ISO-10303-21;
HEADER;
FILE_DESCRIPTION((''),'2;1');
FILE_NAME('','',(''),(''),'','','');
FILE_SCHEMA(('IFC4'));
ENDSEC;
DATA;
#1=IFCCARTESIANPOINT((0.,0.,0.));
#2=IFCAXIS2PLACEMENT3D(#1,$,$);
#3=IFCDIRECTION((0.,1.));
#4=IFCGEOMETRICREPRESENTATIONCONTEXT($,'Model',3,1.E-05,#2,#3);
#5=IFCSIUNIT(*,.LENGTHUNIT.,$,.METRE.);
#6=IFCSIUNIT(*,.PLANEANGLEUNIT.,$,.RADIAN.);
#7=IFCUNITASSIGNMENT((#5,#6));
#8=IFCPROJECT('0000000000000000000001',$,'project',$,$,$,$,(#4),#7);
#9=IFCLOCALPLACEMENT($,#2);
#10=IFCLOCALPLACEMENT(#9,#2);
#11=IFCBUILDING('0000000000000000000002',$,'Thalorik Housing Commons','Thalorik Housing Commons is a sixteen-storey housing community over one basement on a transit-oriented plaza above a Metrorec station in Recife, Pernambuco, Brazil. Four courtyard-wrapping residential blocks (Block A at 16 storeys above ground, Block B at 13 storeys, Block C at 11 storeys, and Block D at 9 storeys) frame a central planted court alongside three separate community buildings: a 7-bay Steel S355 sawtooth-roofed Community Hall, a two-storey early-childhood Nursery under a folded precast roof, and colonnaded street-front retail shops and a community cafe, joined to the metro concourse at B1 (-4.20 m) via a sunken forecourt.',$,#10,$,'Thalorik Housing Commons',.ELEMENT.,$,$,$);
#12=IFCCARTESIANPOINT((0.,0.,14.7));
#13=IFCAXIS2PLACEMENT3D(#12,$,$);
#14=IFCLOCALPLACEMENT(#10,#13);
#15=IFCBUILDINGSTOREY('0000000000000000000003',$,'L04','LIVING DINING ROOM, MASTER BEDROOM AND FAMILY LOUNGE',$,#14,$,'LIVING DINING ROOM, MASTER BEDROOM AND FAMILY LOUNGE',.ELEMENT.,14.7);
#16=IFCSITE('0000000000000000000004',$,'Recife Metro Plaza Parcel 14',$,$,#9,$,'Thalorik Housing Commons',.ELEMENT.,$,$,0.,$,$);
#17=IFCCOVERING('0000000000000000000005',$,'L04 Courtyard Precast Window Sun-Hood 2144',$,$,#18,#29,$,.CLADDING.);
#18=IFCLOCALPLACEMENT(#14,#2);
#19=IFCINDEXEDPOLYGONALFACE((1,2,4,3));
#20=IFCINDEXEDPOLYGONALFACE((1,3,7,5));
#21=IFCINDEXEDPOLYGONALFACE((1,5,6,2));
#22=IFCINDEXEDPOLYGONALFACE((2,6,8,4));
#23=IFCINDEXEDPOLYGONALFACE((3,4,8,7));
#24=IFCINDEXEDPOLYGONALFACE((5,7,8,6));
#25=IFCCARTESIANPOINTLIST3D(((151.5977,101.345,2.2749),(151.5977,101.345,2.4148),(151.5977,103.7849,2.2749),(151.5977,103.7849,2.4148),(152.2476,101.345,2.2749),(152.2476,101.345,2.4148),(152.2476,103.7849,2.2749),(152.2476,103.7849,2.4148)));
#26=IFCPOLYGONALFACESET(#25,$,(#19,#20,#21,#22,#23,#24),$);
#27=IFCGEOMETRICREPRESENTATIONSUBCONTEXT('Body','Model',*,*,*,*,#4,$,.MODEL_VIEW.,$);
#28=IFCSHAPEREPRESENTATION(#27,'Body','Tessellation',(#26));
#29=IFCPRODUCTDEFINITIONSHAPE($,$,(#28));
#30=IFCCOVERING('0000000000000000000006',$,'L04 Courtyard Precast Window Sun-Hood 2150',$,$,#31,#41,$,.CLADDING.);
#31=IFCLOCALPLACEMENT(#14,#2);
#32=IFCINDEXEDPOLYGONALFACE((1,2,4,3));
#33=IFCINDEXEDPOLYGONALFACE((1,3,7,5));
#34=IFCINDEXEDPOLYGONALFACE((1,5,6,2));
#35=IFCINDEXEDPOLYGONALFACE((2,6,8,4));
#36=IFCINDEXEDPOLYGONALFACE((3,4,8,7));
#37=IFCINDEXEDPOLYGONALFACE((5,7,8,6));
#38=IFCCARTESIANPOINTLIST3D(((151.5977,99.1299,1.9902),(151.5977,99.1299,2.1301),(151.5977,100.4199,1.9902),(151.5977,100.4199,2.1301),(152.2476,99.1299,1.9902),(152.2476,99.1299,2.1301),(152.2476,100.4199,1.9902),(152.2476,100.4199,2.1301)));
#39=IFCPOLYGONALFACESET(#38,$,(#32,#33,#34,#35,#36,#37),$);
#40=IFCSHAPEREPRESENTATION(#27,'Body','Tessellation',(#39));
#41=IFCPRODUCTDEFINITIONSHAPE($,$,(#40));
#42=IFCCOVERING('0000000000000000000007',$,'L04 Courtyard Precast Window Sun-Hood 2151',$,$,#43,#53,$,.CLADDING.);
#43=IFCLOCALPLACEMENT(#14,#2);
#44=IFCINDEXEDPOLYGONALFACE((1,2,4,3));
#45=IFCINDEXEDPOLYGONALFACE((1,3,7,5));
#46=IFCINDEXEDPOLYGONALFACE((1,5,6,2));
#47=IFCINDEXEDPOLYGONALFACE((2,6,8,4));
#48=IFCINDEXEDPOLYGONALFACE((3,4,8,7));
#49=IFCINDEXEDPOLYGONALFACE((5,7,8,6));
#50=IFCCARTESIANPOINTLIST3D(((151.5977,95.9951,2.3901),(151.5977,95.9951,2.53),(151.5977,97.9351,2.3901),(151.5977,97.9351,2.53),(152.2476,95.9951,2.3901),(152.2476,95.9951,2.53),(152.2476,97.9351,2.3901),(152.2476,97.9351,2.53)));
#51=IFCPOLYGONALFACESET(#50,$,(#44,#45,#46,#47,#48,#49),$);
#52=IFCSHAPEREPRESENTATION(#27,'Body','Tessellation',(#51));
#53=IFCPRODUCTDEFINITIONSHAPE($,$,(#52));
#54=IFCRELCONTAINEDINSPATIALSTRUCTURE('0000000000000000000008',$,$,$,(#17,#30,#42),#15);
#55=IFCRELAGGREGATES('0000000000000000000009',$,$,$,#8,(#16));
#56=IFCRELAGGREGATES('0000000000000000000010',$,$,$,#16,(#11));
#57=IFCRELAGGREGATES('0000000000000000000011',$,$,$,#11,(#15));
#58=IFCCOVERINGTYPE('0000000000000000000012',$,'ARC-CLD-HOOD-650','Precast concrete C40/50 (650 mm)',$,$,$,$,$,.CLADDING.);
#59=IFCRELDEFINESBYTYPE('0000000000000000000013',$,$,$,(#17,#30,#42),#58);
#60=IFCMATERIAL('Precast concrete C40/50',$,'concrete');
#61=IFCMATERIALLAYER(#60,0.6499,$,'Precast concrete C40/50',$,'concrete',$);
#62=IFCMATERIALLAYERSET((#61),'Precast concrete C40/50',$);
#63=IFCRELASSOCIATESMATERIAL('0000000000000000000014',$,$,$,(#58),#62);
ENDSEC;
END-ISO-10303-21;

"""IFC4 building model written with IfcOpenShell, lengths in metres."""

from ifc_helpers import new_model, si_unit, direction, frame, origin, origin_2d, place, context, subcontext, project, spatial, rectangle, extrude, material, layer, layer_set, type_object, element, save


model = new_model("IFC4")

# Units and contexts
model_context = context("Model", 3, precision=1e-05, world=origin(), true_north=direction((0.0, 1.0)))
body_context = subcontext(model_context, "Body", "Model", "MODEL_VIEW")
ifc_project = project(units=[si_unit("LENGTHUNIT", "METRE"), si_unit("PLANEANGLEUNIT", "RADIAN")], contexts=[model_context])

# Site, building, storey
site_placement = place(None, origin())
site = spatial("IfcSite", under=ifc_project, at=site_placement, Name="Recife Metro Plaza Parcel 14", LongName="Thalorik Housing Commons", CompositionType="ELEMENT", RefElevation=0.0)
building_placement = place(site_placement, origin())
building = spatial("IfcBuilding", under=site, at=building_placement, Name="Thalorik Housing Commons", Description="Thalorik Housing Commons is a sixteen-storey housing community over one basement on a transit-oriented plaza above a Metrorec station in Recife, Pernambuco, Brazil. Four courtyard-wrapping residential blocks (Block A at 16 storeys above ground, Block B at 13 storeys, Block C at 11 storeys, and Block D at 9 storeys) frame a central planted court alongside three separate community buildings: a 7-bay Steel S355 sawtooth-roofed Community Hall, a two-storey early-childhood Nursery under a folded precast roof, and colonnaded street-front retail shops and a community cafe, joined to the metro concourse at B1 (-4.20 m) via a sunken forecourt.", LongName="Thalorik Housing Commons", CompositionType="ELEMENT")
storey_placement = place(building_placement, frame((0.0, 0.0, 14.7)))
storey = spatial("IfcBuildingStorey", under=building, at=storey_placement, Name="L04", Description="LIVING DINING ROOM, MASTER BEDROOM AND FAMILY LOUNGE", LongName="LIVING DINING ROOM, MASTER BEDROOM AND FAMILY LOUNGE", CompositionType="ELEMENT", Elevation=14.7)

# Shared definitions
ifc_material_1 = material(Name="Precast concrete C40/50", Category="concrete")

# Coverings
ifc_layer_1 = layer(ifc_material_1, 0.6499, Name="Precast concrete C40/50", Category="concrete")
ifc_layer_set_1 = layer_set([ifc_layer_1], Name="Precast concrete C40/50")
covering_type = type_object("IfcCoveringType", Name="ARC-CLD-HOOD-650", Description="Precast concrete C40/50 (650 mm)", PredefinedType="CLADDING", material=ifc_layer_set_1)
covering_1_placement = place(storey_placement, frame((151.9226, 102.5649, 2.2749), z_axis=(0.0, 0.0, 1.0), x_axis=(0.0, -1.0, 0.0)))
element("IfcCovering", 1, at=covering_1_placement, inside=storey, type_object=covering_type, Name="L04 Courtyard Precast Window Sun-Hood 2144", PredefinedType="CLADDING", context=body_context, shape_type="SweptSolid", body=[
    extrude(rectangle(XDim=2.4399, YDim=0.6499, at=origin_2d()), origin(), (0.0, 0.0, 1.0), 0.1399),
])
covering_2_placement = place(storey_placement, frame((151.9226, 99.7749, 1.9902), z_axis=(0.0, 0.0, 1.0), x_axis=(0.0, -1.0, 0.0)))
element("IfcCovering", 2, at=covering_2_placement, inside=storey, type_object=covering_type, Name="L04 Courtyard Precast Window Sun-Hood 2150", PredefinedType="CLADDING", context=body_context, shape_type="SweptSolid", body=[
    extrude(rectangle(XDim=1.29, YDim=0.6499, at=origin_2d()), origin(), (0.0, 0.0, 1.0), 0.1399),
])
covering_3_placement = place(storey_placement, frame((151.9226, 96.9651, 2.3901), z_axis=(0.0, 0.0, 1.0), x_axis=(0.0, -1.0, 0.0)))
element("IfcCovering", 3, at=covering_3_placement, inside=storey, type_object=covering_type, Name="L04 Courtyard Precast Window Sun-Hood 2151", PredefinedType="CLADDING", context=body_context, shape_type="SweptSolid", body=[
    extrude(rectangle(XDim=1.9399, YDim=0.6499, at=origin_2d()), origin(), (0.0, 0.0, 1.0), 0.1399),
])

save(model, "model.ifc")
